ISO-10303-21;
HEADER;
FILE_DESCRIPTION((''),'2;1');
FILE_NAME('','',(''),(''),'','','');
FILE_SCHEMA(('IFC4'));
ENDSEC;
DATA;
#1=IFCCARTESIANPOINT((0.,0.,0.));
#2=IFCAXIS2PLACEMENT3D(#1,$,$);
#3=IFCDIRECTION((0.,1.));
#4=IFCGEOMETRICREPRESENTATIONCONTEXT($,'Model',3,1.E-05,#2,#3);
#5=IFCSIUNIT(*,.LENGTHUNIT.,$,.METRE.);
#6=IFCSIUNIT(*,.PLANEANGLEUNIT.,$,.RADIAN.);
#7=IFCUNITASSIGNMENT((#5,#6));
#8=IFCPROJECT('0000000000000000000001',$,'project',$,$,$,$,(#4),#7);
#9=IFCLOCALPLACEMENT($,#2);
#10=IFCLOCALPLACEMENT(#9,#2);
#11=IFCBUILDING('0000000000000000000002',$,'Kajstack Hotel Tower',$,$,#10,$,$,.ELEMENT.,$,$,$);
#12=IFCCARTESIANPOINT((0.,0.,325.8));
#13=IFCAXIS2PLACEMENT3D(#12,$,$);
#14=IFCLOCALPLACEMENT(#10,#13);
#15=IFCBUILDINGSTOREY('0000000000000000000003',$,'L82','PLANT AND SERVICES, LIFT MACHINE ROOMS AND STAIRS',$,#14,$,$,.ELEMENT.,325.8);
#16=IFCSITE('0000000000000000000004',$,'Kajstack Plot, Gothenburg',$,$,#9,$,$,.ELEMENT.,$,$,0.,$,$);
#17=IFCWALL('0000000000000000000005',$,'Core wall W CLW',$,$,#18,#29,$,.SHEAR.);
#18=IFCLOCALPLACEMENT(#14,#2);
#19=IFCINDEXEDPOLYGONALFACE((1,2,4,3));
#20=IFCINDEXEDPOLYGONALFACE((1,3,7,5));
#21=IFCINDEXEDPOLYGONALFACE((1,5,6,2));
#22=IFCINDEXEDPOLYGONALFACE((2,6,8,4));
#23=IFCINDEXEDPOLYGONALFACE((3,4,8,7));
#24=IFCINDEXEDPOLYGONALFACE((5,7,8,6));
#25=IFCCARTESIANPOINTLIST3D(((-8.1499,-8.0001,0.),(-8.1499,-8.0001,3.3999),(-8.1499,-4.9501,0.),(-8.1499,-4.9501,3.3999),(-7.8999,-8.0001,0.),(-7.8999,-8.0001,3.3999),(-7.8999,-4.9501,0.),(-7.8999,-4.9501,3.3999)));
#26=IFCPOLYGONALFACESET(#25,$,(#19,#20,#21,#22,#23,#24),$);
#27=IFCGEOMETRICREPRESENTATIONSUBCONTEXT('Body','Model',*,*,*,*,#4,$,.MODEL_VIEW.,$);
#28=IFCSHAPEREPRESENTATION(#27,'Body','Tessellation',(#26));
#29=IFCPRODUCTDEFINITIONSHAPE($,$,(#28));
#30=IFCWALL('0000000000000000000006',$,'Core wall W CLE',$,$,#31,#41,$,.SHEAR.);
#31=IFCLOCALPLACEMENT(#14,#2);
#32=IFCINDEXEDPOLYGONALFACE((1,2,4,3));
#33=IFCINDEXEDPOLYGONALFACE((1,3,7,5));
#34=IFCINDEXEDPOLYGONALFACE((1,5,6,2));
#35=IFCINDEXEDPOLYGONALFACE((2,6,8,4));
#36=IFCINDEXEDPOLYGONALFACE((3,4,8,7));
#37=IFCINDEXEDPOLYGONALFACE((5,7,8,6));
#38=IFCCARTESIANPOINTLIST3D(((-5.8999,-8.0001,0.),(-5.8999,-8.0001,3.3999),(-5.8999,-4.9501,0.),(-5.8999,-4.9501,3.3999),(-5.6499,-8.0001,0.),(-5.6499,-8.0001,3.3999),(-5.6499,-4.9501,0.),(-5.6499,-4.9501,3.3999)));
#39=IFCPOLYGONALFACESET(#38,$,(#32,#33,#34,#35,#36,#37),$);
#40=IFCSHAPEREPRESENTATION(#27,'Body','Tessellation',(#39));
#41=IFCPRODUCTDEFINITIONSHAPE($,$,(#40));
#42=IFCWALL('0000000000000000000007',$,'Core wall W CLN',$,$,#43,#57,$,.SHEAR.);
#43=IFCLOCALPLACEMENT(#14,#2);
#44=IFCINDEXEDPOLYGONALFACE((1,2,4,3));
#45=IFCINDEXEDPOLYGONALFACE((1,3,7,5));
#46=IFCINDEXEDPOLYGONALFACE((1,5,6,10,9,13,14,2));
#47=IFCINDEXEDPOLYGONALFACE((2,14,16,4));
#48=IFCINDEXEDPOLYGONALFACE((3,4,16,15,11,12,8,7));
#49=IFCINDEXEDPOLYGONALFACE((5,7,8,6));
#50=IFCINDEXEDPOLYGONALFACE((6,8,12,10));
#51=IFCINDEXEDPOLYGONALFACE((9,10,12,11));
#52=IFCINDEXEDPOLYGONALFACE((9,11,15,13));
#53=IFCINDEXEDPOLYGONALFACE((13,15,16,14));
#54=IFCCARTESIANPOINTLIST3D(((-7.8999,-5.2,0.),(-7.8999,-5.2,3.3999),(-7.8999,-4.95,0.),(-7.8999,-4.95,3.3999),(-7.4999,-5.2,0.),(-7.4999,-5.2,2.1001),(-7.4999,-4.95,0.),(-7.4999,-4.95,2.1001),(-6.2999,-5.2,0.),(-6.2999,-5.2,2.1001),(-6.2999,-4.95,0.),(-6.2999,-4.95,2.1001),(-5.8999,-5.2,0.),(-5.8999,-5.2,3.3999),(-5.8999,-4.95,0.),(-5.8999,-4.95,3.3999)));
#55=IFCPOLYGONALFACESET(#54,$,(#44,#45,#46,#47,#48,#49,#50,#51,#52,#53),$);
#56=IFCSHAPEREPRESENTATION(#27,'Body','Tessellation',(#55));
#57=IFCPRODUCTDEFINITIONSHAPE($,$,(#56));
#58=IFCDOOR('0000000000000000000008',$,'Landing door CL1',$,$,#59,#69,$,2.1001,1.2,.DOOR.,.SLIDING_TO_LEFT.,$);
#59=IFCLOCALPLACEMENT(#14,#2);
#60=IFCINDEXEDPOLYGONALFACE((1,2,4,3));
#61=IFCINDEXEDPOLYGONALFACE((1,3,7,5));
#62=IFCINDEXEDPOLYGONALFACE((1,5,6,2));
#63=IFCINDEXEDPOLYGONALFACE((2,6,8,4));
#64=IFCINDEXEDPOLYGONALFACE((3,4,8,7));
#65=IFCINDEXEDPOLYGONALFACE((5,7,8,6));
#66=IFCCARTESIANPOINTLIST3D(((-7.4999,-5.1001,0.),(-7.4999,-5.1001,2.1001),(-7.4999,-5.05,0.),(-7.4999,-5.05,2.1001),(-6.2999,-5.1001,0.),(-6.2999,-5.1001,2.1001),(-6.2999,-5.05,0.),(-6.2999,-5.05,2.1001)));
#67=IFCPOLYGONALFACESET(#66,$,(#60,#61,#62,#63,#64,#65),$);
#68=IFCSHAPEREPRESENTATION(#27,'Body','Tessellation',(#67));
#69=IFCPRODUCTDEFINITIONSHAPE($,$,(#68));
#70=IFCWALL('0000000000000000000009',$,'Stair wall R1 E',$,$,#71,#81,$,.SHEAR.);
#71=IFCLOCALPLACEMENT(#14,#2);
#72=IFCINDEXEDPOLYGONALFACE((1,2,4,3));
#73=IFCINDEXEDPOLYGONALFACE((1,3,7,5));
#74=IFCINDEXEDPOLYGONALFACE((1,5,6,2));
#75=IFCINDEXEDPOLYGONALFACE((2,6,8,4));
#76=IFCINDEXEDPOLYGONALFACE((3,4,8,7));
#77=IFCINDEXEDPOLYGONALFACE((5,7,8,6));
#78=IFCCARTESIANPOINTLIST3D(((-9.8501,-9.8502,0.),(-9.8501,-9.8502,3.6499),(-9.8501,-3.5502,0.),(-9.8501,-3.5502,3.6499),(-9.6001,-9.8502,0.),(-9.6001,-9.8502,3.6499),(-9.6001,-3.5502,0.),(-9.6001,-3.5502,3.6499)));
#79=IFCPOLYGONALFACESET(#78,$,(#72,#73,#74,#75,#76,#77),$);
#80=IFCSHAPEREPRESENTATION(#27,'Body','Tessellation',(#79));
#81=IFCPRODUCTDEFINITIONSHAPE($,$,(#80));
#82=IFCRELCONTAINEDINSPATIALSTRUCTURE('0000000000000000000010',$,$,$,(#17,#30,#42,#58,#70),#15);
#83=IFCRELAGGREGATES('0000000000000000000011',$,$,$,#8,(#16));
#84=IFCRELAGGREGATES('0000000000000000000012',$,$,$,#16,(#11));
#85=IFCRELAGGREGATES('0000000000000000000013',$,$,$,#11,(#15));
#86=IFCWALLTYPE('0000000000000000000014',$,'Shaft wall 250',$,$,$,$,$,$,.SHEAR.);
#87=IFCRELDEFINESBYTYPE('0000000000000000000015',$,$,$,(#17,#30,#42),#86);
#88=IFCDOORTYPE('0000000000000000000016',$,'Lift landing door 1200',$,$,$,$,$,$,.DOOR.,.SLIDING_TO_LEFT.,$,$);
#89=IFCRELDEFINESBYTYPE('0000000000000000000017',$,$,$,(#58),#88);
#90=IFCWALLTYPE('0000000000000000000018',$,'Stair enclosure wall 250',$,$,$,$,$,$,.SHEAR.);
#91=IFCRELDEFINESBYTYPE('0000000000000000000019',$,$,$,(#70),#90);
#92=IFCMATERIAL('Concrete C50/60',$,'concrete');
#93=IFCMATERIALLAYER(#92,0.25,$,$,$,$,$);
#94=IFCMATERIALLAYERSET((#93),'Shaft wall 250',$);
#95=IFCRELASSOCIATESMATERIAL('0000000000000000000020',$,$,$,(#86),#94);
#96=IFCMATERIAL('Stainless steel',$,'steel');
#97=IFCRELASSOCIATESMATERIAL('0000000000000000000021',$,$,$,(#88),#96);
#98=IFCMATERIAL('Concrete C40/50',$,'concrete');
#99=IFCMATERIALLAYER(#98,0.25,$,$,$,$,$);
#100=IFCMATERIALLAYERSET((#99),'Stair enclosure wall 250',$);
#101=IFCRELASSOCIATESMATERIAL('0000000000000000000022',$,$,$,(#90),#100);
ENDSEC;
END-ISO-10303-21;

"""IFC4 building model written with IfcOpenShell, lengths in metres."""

from ifc_helpers import new_model, si_unit, direction, frame, frame_2d, origin, place, context, subcontext, project, spatial, rectangle, extrude, material, layer, layer_set, type_object, element, fill, save


model = new_model("IFC4")

# Units and contexts
model_context = context("Model", 3, precision=1e-05, world=origin(), true_north=direction((0.0, 1.0)))
body_context = subcontext(model_context, "Body", "Model", "MODEL_VIEW")
ifc_project = project(units=[si_unit("LENGTHUNIT", "METRE"), si_unit("PLANEANGLEUNIT", "RADIAN")], contexts=[model_context])

# Site, building, storey
site_placement = place(None, origin())
site = spatial("IfcSite", under=ifc_project, at=site_placement, Name="Kajstack Plot, Gothenburg", CompositionType="ELEMENT", RefElevation=0.0)
building_placement = place(site_placement, origin())
building = spatial("IfcBuilding", under=site, at=building_placement, Name="Kajstack Hotel Tower", CompositionType="ELEMENT")
storey_placement = place(building_placement, frame((0.0, 0.0, 325.8)))
storey = spatial("IfcBuildingStorey", under=building, at=storey_placement, Name="L82", Description="PLANT AND SERVICES, LIFT MACHINE ROOMS AND STAIRS", CompositionType="ELEMENT", Elevation=325.8)

# Walls
ifc_material_1 = material(Name="Concrete C50/60", Category="concrete")
ifc_layer_1 = layer(ifc_material_1, 0.25)
ifc_layer_set_1 = layer_set([ifc_layer_1], Name="Shaft wall 250")
wall_type_1 = type_object("IfcWallType", Name="Shaft wall 250", PredefinedType="SHEAR", material=ifc_layer_set_1)
for number, where, z_axis, x_axis, name in (
    (1, (-8.0249, -8.0, 0.0), (0.0, 0.0, 1.0), (0.0, 1.0, 0.0), "Core wall W CLW"),
    (2, (-5.7749, -8.0, 0.0), (0.0, 0.0, 1.0), (0.0, 1.0, 0.0), "Core wall W CLE"),
):
    element("IfcWall", number, at=place(storey_placement, frame(where, z_axis=z_axis, x_axis=x_axis)), inside=storey, type_object=wall_type_1, Name=name, PredefinedType="SHEAR", context=body_context, shape_type="SweptSolid", body=[
        extrude(rectangle(XDim=3.05, YDim=0.25, at=frame_2d((1.5249, 0.0))), origin(), (0.0, 0.0, 1.0), 3.3999),
    ])

# Wall, opening, door
wall_1_placement = place(storey_placement, frame((-7.8999, -5.075, 0.0), z_axis=(0.0, 0.0, 1.0), x_axis=(1.0, 0.0, 0.0)))
wall_1 = element("IfcWall", 3, at=wall_1_placement, inside=storey, type_object=wall_type_1, Name="Core wall W CLN", PredefinedType="SHEAR", context=body_context, shape_type="SweptSolid", body=[
    extrude(rectangle(XDim=2.0, YDim=0.25, at=frame_2d((1.0, 0.0))), origin(), (0.0, 0.0, 1.0), 3.3999),
])
opening_placement = place(wall_1_placement, frame((0.3999, 0.0, 0.0)))
opening = element("IfcOpeningElement", 4, at=opening_placement, cuts=wall_1, PredefinedType="OPENING", context=body_context, shape_type="SweptSolid", body=[
    extrude(rectangle(XDim=1.2, YDim=2.1001, at=frame_2d((0.6001, 1.05))), frame((0.0, 0.135, 0.0), z_axis=(0.0, -1.0, 0.0), x_axis=(1.0, 0.0, 0.0)), (0.0, 0.0, 1.0), 0.27),
])
ifc_material_2 = material(Name="Stainless steel", Category="steel")
door_type = type_object("IfcDoorType", Name="Lift landing door 1200", OperationType="SLIDING_TO_LEFT", PredefinedType="DOOR", material=ifc_material_2)
door_placement = place(opening_placement, origin())
door = element("IfcDoor", 5, at=door_placement, inside=storey, type_object=door_type, Name="Landing door CL1", OperationType="SLIDING_TO_LEFT", OverallHeight=2.1001, OverallWidth=1.2, PredefinedType="DOOR", context=body_context, shape_type="SweptSolid", body=[
    extrude(rectangle(XDim=1.2, YDim=2.1001, at=frame_2d((0.6001, 1.05))), frame((0.0, 0.0249, 0.0), z_axis=(0.0, -1.0, 0.0), x_axis=(1.0, 0.0, 0.0)), (0.0, 0.0, 1.0), 0.05),
])
fill(opening, door)

# Wall
ifc_material_3 = material(Name="Concrete C40/50", Category="concrete")
ifc_layer_2 = layer(ifc_material_3, 0.25)
ifc_layer_set_2 = layer_set([ifc_layer_2], Name="Stair enclosure wall 250")
wall_type_2 = type_object("IfcWallType", Name="Stair enclosure wall 250", PredefinedType="SHEAR", material=ifc_layer_set_2)
wall_2_placement = place(storey_placement, frame((-9.7251, -9.8501, 0.0), z_axis=(0.0, 0.0, 1.0), x_axis=(0.0, 1.0, 0.0)))
element("IfcWall", 6, at=wall_2_placement, inside=storey, type_object=wall_type_2, Name="Stair wall R1 E", PredefinedType="SHEAR", context=body_context, shape_type="SweptSolid", body=[
    extrude(rectangle(XDim=6.3, YDim=0.25, at=frame_2d((3.1499, 0.0))), origin(), (0.0, 0.0, 1.0), 3.6499),
])

save(model, "model.ifc")
